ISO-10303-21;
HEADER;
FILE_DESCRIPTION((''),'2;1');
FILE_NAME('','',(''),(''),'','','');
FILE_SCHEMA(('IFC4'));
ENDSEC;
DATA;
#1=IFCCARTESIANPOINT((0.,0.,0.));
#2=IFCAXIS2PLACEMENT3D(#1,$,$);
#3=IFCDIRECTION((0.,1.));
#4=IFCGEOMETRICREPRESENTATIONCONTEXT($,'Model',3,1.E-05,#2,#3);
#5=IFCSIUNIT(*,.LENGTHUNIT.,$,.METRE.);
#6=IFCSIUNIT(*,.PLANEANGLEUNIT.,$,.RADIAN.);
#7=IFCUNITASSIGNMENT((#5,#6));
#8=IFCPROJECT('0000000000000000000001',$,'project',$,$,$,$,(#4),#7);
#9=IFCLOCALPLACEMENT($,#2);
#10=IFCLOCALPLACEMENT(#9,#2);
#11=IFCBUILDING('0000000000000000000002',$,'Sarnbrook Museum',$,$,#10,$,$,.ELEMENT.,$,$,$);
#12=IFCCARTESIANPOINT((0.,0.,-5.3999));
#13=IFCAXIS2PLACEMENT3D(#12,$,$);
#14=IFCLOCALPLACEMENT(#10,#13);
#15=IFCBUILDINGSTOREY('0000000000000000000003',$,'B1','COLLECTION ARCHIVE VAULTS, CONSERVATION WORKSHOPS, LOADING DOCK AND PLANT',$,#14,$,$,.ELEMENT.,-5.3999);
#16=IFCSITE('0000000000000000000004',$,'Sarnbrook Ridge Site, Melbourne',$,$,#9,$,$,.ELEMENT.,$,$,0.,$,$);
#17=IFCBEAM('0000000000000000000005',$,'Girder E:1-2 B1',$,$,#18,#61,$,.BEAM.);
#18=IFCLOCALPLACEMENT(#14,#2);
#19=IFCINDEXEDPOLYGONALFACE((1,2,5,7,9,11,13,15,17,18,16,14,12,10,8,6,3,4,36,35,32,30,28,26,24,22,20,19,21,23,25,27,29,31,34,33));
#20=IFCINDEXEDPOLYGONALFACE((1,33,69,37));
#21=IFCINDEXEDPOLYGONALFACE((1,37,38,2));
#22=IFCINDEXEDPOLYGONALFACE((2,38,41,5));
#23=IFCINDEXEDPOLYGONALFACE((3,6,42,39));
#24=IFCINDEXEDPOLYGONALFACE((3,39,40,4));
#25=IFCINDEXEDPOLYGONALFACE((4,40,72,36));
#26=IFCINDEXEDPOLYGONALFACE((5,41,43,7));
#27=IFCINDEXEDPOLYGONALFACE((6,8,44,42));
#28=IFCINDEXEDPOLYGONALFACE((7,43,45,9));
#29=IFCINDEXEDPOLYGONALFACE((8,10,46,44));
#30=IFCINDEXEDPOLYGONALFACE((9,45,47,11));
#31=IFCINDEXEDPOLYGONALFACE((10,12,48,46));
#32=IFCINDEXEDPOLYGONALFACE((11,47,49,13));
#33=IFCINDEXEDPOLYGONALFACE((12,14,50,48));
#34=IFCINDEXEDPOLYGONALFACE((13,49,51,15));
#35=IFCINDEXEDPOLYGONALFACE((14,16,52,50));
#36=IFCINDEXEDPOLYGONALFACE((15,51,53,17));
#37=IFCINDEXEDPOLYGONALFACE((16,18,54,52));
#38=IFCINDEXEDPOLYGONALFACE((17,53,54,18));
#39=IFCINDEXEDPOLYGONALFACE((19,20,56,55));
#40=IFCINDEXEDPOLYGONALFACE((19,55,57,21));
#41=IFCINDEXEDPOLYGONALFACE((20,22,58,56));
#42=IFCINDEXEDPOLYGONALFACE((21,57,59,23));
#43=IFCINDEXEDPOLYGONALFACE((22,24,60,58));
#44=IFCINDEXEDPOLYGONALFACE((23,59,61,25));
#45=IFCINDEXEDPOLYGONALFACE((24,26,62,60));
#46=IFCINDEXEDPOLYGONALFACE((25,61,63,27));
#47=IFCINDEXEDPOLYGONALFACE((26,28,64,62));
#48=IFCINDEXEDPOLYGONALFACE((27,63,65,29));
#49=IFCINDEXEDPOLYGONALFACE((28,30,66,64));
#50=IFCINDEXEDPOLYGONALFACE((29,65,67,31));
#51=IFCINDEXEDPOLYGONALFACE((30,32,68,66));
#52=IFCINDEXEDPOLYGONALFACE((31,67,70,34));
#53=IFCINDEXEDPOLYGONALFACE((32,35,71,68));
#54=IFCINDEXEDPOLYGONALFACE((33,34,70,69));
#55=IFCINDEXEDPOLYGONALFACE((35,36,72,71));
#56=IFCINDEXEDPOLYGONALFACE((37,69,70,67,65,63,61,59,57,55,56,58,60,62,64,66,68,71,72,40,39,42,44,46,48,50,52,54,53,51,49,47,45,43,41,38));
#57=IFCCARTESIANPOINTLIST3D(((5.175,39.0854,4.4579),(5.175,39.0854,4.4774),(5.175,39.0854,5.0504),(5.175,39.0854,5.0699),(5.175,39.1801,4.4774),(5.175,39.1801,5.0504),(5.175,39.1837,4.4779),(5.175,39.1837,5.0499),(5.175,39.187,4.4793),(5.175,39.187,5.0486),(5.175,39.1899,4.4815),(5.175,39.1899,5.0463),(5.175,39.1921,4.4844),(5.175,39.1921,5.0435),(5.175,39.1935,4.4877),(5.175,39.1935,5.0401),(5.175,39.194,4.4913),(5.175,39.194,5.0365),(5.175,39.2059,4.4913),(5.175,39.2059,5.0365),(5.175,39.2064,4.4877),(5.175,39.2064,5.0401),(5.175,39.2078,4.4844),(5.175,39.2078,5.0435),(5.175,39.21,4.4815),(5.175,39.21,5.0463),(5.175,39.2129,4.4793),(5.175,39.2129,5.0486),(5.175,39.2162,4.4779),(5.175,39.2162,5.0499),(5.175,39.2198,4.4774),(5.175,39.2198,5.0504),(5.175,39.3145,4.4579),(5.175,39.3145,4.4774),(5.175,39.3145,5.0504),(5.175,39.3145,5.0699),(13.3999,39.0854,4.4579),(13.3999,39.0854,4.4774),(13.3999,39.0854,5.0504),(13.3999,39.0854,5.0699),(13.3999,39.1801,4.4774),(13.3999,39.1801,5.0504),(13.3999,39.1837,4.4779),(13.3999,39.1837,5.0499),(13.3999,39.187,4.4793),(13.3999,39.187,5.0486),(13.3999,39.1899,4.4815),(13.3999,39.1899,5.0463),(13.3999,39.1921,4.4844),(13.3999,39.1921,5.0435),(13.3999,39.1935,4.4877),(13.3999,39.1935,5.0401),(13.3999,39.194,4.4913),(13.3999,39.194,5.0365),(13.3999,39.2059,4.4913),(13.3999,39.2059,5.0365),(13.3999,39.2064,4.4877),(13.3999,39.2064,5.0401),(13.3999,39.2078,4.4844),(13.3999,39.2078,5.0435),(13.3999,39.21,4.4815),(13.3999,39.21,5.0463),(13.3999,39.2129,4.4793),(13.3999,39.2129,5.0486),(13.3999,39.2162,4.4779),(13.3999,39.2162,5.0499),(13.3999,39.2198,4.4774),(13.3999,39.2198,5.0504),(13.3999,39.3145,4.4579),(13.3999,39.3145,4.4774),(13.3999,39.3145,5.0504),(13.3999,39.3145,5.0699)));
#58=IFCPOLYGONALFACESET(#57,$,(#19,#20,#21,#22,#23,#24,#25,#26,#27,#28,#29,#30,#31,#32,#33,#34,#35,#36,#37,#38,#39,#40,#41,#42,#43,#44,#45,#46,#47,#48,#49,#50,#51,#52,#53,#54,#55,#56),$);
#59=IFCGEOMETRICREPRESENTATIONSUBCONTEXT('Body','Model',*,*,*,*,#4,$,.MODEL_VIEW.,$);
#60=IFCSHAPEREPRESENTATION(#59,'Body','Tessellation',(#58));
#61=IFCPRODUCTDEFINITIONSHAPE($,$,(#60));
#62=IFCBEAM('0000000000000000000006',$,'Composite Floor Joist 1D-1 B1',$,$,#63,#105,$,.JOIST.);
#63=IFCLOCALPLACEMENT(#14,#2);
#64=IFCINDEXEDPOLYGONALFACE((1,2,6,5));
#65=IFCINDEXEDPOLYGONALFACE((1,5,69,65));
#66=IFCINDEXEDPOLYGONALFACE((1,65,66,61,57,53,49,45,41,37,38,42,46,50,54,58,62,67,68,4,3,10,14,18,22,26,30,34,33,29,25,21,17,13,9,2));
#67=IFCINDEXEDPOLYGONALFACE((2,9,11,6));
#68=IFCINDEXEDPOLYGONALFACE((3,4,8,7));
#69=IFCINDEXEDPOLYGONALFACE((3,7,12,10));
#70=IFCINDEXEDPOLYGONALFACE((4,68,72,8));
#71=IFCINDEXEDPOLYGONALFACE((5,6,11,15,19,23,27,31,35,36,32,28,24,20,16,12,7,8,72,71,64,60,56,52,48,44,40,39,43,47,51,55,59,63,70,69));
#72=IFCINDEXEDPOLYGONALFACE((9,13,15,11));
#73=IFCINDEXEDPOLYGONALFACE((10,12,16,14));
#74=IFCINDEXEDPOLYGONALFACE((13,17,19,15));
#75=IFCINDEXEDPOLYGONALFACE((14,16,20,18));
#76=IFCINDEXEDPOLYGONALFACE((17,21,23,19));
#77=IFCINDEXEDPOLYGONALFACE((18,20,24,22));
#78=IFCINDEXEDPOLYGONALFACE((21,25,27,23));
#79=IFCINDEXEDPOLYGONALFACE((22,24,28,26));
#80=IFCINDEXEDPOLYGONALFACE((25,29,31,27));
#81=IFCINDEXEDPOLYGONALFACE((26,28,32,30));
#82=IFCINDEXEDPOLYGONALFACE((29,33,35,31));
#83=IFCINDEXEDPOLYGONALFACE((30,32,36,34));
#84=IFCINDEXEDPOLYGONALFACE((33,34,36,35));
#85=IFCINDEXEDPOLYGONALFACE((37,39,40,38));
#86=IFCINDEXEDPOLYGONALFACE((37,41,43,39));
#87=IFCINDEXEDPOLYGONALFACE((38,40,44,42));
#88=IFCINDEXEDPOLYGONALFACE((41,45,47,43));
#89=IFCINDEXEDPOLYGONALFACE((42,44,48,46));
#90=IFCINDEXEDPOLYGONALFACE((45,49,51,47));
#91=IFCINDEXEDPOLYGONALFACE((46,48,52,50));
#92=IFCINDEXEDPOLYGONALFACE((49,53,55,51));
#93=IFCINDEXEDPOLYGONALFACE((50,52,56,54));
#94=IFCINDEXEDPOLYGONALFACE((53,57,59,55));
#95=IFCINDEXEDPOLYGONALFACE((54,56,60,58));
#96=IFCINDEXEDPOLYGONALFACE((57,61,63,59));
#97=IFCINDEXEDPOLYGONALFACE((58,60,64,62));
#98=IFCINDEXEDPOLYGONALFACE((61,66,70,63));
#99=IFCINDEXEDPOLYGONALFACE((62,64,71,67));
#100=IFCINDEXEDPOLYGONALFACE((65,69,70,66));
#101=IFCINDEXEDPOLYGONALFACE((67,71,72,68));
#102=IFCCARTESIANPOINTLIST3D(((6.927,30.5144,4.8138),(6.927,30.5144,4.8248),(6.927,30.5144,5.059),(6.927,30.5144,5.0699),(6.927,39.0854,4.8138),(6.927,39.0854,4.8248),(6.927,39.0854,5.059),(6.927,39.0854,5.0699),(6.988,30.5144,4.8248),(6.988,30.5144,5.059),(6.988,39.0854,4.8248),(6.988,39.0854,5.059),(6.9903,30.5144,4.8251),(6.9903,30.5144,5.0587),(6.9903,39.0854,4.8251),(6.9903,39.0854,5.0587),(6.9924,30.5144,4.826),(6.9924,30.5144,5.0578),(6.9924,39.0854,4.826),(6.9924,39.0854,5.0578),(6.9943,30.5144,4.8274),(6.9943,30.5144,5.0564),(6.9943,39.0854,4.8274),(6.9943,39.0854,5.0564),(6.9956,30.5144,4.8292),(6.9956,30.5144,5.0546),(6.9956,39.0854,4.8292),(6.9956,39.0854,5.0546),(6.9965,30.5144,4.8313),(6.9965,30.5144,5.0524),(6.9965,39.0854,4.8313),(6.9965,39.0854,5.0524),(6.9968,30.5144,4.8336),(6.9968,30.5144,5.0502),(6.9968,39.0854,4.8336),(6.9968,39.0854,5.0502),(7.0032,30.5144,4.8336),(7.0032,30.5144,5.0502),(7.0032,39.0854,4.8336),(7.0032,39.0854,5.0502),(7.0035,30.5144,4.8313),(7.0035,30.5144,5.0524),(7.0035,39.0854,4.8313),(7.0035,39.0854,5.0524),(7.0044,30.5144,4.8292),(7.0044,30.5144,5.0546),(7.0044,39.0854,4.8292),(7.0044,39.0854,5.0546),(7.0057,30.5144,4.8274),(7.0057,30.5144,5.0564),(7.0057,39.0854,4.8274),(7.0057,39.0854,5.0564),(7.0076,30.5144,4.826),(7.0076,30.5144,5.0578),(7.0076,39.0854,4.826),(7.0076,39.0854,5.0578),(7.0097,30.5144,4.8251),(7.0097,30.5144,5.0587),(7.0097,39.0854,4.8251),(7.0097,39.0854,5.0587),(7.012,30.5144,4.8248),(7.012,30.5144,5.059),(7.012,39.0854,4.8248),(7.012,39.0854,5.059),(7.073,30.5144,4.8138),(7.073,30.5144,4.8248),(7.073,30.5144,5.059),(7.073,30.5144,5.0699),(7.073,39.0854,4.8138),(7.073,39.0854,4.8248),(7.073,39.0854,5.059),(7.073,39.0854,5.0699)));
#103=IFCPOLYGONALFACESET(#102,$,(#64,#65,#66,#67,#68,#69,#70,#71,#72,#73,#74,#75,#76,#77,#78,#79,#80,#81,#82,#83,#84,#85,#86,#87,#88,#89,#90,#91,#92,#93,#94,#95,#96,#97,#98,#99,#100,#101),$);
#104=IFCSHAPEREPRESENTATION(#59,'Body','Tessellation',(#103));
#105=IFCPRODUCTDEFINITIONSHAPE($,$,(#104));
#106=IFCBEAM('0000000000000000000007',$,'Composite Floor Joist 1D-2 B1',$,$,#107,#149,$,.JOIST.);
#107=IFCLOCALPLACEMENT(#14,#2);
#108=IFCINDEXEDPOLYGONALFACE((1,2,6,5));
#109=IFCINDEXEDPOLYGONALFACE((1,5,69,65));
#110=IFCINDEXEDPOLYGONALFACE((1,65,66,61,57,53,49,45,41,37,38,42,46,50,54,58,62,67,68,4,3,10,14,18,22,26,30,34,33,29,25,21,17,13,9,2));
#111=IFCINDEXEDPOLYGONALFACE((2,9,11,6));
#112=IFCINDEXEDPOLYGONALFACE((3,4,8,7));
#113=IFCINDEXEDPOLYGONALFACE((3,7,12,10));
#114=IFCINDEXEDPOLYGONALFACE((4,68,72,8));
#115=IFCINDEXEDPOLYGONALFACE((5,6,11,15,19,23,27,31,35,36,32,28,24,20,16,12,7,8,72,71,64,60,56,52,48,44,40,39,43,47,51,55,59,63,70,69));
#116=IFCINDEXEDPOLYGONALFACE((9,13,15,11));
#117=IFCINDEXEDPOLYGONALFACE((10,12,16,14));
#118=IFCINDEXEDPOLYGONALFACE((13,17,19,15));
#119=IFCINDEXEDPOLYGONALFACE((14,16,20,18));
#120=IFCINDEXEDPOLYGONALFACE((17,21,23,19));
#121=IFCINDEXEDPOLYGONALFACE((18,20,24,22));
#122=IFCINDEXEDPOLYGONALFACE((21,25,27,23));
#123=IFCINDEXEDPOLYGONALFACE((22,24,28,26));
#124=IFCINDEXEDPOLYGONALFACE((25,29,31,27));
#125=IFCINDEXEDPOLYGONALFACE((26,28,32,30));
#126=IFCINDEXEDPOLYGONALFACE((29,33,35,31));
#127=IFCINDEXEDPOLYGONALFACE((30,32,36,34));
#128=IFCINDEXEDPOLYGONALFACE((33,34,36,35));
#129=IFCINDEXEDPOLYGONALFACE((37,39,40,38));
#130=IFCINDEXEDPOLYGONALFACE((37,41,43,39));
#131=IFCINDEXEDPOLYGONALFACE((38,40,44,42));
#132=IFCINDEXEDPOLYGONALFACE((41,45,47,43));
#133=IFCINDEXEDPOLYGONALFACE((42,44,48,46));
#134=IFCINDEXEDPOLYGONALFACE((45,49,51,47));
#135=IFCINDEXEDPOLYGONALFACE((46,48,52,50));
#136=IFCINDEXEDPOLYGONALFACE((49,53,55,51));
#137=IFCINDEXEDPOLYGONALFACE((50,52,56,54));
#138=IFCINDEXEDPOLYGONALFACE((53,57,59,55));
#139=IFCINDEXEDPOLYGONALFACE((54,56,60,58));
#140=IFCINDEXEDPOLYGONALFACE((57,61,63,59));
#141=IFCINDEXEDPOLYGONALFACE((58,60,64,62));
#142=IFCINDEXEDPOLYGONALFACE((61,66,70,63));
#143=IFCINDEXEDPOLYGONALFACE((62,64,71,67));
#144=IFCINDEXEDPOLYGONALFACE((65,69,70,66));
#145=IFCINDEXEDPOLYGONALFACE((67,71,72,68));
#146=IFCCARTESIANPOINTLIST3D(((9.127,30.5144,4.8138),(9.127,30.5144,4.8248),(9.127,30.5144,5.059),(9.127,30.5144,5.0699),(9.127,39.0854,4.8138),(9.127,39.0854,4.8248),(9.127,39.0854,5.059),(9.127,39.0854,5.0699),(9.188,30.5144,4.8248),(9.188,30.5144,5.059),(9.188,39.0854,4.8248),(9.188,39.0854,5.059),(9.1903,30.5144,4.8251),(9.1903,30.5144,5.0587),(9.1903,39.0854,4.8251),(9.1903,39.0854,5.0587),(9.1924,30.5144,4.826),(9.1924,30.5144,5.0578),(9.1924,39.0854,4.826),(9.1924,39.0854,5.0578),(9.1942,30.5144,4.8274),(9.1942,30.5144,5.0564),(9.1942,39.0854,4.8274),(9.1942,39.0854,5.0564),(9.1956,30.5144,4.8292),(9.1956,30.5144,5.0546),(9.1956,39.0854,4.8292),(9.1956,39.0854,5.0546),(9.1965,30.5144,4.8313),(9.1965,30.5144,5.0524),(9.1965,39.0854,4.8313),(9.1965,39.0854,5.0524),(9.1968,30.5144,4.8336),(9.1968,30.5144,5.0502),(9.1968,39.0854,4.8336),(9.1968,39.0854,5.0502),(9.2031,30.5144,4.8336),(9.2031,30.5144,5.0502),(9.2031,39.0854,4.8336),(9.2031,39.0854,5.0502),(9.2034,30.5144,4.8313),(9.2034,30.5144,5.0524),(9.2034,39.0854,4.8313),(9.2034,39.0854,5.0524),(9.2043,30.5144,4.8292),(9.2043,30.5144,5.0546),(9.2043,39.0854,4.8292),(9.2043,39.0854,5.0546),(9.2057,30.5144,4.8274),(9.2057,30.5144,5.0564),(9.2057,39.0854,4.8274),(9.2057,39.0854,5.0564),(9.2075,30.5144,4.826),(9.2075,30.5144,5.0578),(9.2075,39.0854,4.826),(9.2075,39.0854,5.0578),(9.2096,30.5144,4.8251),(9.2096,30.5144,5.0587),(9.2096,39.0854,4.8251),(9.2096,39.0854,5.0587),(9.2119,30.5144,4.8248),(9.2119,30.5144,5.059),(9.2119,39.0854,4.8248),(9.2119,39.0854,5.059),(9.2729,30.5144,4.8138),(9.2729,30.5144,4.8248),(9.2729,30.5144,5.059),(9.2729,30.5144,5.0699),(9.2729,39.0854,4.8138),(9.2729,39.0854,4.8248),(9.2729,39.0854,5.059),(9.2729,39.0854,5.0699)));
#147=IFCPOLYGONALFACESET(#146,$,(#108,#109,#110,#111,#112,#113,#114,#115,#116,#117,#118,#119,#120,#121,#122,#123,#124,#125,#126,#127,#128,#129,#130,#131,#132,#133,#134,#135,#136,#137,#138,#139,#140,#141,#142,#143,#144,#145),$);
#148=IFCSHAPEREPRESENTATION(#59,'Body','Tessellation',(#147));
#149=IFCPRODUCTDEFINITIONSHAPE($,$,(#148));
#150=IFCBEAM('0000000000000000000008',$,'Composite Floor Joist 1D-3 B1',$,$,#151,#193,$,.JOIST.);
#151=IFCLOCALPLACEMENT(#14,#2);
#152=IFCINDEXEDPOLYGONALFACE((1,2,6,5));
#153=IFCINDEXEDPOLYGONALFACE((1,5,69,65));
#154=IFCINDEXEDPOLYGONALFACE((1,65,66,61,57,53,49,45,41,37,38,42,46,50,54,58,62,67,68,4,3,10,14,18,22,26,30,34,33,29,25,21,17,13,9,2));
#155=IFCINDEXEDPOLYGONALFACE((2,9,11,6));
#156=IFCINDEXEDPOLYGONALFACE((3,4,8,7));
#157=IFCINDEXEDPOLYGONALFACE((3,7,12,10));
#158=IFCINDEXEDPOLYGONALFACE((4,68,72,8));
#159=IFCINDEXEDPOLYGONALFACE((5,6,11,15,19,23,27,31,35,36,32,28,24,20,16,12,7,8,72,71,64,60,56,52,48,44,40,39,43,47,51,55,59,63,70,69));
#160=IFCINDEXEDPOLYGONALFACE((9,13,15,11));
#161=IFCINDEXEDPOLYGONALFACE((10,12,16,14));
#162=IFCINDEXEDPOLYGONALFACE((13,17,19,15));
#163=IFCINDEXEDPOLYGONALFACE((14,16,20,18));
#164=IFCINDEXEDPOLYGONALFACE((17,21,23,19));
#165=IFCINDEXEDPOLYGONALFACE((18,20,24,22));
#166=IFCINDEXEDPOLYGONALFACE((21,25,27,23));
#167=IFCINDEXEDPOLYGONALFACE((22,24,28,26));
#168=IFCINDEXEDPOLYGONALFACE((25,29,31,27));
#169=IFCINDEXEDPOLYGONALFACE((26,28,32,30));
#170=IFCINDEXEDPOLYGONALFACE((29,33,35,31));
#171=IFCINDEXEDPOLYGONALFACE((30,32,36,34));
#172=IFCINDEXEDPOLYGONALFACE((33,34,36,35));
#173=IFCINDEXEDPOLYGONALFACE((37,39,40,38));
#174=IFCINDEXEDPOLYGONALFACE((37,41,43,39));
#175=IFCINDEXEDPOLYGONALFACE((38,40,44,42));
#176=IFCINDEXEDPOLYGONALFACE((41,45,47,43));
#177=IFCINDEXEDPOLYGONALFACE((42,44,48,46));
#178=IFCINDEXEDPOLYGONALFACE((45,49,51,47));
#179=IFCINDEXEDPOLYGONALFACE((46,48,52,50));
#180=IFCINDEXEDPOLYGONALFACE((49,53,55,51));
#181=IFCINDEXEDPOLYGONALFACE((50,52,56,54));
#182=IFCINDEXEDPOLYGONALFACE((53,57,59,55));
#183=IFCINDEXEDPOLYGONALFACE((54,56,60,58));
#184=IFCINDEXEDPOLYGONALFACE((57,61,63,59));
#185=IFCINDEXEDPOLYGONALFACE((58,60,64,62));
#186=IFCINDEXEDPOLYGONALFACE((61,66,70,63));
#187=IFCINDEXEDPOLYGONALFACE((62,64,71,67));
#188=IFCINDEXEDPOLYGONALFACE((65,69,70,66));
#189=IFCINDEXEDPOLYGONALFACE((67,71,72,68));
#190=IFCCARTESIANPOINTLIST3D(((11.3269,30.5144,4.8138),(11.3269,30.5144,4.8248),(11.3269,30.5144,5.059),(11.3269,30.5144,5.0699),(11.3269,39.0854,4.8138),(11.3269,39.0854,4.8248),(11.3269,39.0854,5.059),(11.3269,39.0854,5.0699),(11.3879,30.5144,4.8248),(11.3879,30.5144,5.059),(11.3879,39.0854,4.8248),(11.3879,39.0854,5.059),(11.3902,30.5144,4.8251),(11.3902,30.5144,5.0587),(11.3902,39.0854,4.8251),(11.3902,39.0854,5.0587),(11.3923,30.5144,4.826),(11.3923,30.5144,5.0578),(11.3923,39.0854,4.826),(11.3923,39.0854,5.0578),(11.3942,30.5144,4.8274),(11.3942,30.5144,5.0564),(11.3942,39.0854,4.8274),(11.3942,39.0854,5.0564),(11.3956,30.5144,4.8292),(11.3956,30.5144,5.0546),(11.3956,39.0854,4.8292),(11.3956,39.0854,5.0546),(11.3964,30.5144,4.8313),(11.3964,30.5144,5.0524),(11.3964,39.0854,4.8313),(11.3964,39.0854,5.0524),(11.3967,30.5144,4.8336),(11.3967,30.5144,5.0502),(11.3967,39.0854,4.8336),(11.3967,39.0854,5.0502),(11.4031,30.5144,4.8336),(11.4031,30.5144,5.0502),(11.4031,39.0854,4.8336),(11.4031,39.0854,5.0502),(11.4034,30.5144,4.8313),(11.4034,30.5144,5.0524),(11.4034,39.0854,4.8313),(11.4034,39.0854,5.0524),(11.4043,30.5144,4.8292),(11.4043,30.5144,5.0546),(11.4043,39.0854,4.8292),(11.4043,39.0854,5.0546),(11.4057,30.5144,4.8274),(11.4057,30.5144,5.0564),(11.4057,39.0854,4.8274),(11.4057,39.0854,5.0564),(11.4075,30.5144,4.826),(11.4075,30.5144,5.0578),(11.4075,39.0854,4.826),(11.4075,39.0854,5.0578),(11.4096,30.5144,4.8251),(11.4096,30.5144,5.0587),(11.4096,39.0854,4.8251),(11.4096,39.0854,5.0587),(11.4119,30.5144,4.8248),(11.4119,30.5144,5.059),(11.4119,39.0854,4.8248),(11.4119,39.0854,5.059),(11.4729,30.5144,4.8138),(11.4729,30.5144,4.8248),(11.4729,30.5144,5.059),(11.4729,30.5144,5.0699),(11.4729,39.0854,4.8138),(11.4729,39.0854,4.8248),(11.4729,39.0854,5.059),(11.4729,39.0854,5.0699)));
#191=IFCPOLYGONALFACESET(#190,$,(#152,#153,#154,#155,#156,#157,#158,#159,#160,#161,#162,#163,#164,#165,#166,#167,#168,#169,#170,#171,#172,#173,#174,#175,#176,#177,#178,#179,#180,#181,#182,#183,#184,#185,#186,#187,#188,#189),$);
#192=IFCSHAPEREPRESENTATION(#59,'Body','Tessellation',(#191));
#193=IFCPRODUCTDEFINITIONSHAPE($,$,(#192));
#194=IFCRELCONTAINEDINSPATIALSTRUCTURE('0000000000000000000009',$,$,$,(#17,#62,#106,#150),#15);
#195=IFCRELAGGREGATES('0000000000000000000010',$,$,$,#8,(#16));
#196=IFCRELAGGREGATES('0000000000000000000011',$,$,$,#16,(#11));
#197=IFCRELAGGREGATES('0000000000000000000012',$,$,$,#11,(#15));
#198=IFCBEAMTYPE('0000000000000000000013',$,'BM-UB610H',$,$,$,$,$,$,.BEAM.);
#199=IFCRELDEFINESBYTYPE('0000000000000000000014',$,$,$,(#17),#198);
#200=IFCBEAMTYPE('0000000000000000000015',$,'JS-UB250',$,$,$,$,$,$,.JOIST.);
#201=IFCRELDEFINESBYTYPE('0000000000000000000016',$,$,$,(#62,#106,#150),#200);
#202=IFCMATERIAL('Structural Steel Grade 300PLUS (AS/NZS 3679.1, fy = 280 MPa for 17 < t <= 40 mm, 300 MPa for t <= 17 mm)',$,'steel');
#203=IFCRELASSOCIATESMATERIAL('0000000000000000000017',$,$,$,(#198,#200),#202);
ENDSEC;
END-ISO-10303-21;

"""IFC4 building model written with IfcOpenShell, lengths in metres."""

from ifc_helpers import new_model, si_unit, direction, frame, origin, origin_2d, place, context, subcontext, project, spatial, i_section, extrude, material, material_profile, profile_set, type_object, element, save


model = new_model("IFC4")

# Units and contexts
model_context = context("Model", 3, precision=1e-05, world=origin(), true_north=direction((0.0, 1.0)))
body_context = subcontext(model_context, "Body", "Model", "MODEL_VIEW")
ifc_project = project(units=[si_unit("LENGTHUNIT", "METRE"), si_unit("PLANEANGLEUNIT", "RADIAN")], contexts=[model_context])

# Site, building, storey
site_placement = place(None, origin())
site = spatial("IfcSite", under=ifc_project, at=site_placement, Name="Sarnbrook Ridge Site, Melbourne", CompositionType="ELEMENT", RefElevation=0.0)
building_placement = place(site_placement, origin())
building = spatial("IfcBuilding", under=site, at=building_placement, Name="Sarnbrook Museum", CompositionType="ELEMENT")
storey_placement = place(building_placement, frame((0.0, 0.0, -5.3999)))
storey = spatial("IfcBuildingStorey", under=building, at=storey_placement, Name="B1", Description="COLLECTION ARCHIVE VAULTS, CONSERVATION WORKSHOPS, LOADING DOCK AND PLANT", CompositionType="ELEMENT", Elevation=-5.3999)

# Beams
ifc_material_1 = material(Name="Structural Steel Grade 300PLUS (AS/NZS 3679.1, fy = 280 MPa for 17 < t <= 40 mm, 300 MPa for t <= 17 mm)", Category="steel")
ifc_material_profile_1 = material_profile(ifc_material_1, i_section(OverallWidth=0.229, OverallDepth=0.6121, WebThickness=0.012, FlangeThickness=0.0195, FilletRadius=0.0139, at=origin_2d()), Name="610UB125")
ifc_profile_set_1 = profile_set([ifc_material_profile_1], Name="Structural Steel Grade 300PLUS (AS/NZS 3679.1, fy = 280 MPa for 17 < t <= 40 mm, 300 MPa for t <= 17 mm)")
beam_type_1 = type_object("IfcBeamType", Name="BM-UB610H", PredefinedType="BEAM", material=ifc_profile_set_1)
beam_1_placement = place(storey_placement, frame((5.175, 39.2, 4.7639), z_axis=(1.0, 0.0, 0.0), x_axis=(0.0, 1.0, 0.0)))
element("IfcBeam", 1, at=beam_1_placement, inside=storey, type_object=beam_type_1, Name="Girder E:1-2 B1", PredefinedType="BEAM", context=body_context, shape_type="SweptSolid", body=[
    extrude(i_section(OverallWidth=0.229, OverallDepth=0.6121, WebThickness=0.012, FlangeThickness=0.0195, FilletRadius=0.0139, at=origin_2d()), origin(), (0.0, 0.0, 1.0), 8.2249),
])
ifc_material_profile_2 = material_profile(ifc_material_1, i_section(OverallWidth=0.146, OverallDepth=0.2561, WebThickness=0.0063, FlangeThickness=0.011, FilletRadius=0.0088, at=origin_2d()), Name="250UB37.3")
ifc_profile_set_2 = profile_set([ifc_material_profile_2], Name="Structural Steel Grade 300PLUS (AS/NZS 3679.1, fy = 280 MPa for 17 < t <= 40 mm, 300 MPa for t <= 17 mm)")
beam_type_2 = type_object("IfcBeamType", Name="JS-UB250", PredefinedType="JOIST", material=ifc_profile_set_2)
for number, where, z_axis, x_axis, name in (
    (2, (7.0, 30.5144, 4.9419), (0.0, 1.0, 0.0), (-1.0, 0.0, 0.0), "Composite Floor Joist 1D-1 B1"),
    (3, (9.2, 30.5144, 4.9419), (0.0, 1.0, 0.0), (-1.0, 0.0, 0.0), "Composite Floor Joist 1D-2 B1"),
    (4, (11.3999, 30.5144, 4.9419), (0.0, 1.0, 0.0), (-1.0, 0.0, 0.0), "Composite Floor Joist 1D-3 B1"),
):
    element("IfcBeam", number, at=place(storey_placement, frame(where, z_axis=z_axis, x_axis=x_axis)), inside=storey, type_object=beam_type_2, Name=name, PredefinedType="JOIST", context=body_context, shape_type="SweptSolid", body=[
        extrude(i_section(OverallWidth=0.146, OverallDepth=0.2561, WebThickness=0.0063, FlangeThickness=0.011, FilletRadius=0.0088, at=origin_2d()), origin(), (0.0, 0.0, 1.0), 8.571),
    ])

save(model, "model.ifc")
